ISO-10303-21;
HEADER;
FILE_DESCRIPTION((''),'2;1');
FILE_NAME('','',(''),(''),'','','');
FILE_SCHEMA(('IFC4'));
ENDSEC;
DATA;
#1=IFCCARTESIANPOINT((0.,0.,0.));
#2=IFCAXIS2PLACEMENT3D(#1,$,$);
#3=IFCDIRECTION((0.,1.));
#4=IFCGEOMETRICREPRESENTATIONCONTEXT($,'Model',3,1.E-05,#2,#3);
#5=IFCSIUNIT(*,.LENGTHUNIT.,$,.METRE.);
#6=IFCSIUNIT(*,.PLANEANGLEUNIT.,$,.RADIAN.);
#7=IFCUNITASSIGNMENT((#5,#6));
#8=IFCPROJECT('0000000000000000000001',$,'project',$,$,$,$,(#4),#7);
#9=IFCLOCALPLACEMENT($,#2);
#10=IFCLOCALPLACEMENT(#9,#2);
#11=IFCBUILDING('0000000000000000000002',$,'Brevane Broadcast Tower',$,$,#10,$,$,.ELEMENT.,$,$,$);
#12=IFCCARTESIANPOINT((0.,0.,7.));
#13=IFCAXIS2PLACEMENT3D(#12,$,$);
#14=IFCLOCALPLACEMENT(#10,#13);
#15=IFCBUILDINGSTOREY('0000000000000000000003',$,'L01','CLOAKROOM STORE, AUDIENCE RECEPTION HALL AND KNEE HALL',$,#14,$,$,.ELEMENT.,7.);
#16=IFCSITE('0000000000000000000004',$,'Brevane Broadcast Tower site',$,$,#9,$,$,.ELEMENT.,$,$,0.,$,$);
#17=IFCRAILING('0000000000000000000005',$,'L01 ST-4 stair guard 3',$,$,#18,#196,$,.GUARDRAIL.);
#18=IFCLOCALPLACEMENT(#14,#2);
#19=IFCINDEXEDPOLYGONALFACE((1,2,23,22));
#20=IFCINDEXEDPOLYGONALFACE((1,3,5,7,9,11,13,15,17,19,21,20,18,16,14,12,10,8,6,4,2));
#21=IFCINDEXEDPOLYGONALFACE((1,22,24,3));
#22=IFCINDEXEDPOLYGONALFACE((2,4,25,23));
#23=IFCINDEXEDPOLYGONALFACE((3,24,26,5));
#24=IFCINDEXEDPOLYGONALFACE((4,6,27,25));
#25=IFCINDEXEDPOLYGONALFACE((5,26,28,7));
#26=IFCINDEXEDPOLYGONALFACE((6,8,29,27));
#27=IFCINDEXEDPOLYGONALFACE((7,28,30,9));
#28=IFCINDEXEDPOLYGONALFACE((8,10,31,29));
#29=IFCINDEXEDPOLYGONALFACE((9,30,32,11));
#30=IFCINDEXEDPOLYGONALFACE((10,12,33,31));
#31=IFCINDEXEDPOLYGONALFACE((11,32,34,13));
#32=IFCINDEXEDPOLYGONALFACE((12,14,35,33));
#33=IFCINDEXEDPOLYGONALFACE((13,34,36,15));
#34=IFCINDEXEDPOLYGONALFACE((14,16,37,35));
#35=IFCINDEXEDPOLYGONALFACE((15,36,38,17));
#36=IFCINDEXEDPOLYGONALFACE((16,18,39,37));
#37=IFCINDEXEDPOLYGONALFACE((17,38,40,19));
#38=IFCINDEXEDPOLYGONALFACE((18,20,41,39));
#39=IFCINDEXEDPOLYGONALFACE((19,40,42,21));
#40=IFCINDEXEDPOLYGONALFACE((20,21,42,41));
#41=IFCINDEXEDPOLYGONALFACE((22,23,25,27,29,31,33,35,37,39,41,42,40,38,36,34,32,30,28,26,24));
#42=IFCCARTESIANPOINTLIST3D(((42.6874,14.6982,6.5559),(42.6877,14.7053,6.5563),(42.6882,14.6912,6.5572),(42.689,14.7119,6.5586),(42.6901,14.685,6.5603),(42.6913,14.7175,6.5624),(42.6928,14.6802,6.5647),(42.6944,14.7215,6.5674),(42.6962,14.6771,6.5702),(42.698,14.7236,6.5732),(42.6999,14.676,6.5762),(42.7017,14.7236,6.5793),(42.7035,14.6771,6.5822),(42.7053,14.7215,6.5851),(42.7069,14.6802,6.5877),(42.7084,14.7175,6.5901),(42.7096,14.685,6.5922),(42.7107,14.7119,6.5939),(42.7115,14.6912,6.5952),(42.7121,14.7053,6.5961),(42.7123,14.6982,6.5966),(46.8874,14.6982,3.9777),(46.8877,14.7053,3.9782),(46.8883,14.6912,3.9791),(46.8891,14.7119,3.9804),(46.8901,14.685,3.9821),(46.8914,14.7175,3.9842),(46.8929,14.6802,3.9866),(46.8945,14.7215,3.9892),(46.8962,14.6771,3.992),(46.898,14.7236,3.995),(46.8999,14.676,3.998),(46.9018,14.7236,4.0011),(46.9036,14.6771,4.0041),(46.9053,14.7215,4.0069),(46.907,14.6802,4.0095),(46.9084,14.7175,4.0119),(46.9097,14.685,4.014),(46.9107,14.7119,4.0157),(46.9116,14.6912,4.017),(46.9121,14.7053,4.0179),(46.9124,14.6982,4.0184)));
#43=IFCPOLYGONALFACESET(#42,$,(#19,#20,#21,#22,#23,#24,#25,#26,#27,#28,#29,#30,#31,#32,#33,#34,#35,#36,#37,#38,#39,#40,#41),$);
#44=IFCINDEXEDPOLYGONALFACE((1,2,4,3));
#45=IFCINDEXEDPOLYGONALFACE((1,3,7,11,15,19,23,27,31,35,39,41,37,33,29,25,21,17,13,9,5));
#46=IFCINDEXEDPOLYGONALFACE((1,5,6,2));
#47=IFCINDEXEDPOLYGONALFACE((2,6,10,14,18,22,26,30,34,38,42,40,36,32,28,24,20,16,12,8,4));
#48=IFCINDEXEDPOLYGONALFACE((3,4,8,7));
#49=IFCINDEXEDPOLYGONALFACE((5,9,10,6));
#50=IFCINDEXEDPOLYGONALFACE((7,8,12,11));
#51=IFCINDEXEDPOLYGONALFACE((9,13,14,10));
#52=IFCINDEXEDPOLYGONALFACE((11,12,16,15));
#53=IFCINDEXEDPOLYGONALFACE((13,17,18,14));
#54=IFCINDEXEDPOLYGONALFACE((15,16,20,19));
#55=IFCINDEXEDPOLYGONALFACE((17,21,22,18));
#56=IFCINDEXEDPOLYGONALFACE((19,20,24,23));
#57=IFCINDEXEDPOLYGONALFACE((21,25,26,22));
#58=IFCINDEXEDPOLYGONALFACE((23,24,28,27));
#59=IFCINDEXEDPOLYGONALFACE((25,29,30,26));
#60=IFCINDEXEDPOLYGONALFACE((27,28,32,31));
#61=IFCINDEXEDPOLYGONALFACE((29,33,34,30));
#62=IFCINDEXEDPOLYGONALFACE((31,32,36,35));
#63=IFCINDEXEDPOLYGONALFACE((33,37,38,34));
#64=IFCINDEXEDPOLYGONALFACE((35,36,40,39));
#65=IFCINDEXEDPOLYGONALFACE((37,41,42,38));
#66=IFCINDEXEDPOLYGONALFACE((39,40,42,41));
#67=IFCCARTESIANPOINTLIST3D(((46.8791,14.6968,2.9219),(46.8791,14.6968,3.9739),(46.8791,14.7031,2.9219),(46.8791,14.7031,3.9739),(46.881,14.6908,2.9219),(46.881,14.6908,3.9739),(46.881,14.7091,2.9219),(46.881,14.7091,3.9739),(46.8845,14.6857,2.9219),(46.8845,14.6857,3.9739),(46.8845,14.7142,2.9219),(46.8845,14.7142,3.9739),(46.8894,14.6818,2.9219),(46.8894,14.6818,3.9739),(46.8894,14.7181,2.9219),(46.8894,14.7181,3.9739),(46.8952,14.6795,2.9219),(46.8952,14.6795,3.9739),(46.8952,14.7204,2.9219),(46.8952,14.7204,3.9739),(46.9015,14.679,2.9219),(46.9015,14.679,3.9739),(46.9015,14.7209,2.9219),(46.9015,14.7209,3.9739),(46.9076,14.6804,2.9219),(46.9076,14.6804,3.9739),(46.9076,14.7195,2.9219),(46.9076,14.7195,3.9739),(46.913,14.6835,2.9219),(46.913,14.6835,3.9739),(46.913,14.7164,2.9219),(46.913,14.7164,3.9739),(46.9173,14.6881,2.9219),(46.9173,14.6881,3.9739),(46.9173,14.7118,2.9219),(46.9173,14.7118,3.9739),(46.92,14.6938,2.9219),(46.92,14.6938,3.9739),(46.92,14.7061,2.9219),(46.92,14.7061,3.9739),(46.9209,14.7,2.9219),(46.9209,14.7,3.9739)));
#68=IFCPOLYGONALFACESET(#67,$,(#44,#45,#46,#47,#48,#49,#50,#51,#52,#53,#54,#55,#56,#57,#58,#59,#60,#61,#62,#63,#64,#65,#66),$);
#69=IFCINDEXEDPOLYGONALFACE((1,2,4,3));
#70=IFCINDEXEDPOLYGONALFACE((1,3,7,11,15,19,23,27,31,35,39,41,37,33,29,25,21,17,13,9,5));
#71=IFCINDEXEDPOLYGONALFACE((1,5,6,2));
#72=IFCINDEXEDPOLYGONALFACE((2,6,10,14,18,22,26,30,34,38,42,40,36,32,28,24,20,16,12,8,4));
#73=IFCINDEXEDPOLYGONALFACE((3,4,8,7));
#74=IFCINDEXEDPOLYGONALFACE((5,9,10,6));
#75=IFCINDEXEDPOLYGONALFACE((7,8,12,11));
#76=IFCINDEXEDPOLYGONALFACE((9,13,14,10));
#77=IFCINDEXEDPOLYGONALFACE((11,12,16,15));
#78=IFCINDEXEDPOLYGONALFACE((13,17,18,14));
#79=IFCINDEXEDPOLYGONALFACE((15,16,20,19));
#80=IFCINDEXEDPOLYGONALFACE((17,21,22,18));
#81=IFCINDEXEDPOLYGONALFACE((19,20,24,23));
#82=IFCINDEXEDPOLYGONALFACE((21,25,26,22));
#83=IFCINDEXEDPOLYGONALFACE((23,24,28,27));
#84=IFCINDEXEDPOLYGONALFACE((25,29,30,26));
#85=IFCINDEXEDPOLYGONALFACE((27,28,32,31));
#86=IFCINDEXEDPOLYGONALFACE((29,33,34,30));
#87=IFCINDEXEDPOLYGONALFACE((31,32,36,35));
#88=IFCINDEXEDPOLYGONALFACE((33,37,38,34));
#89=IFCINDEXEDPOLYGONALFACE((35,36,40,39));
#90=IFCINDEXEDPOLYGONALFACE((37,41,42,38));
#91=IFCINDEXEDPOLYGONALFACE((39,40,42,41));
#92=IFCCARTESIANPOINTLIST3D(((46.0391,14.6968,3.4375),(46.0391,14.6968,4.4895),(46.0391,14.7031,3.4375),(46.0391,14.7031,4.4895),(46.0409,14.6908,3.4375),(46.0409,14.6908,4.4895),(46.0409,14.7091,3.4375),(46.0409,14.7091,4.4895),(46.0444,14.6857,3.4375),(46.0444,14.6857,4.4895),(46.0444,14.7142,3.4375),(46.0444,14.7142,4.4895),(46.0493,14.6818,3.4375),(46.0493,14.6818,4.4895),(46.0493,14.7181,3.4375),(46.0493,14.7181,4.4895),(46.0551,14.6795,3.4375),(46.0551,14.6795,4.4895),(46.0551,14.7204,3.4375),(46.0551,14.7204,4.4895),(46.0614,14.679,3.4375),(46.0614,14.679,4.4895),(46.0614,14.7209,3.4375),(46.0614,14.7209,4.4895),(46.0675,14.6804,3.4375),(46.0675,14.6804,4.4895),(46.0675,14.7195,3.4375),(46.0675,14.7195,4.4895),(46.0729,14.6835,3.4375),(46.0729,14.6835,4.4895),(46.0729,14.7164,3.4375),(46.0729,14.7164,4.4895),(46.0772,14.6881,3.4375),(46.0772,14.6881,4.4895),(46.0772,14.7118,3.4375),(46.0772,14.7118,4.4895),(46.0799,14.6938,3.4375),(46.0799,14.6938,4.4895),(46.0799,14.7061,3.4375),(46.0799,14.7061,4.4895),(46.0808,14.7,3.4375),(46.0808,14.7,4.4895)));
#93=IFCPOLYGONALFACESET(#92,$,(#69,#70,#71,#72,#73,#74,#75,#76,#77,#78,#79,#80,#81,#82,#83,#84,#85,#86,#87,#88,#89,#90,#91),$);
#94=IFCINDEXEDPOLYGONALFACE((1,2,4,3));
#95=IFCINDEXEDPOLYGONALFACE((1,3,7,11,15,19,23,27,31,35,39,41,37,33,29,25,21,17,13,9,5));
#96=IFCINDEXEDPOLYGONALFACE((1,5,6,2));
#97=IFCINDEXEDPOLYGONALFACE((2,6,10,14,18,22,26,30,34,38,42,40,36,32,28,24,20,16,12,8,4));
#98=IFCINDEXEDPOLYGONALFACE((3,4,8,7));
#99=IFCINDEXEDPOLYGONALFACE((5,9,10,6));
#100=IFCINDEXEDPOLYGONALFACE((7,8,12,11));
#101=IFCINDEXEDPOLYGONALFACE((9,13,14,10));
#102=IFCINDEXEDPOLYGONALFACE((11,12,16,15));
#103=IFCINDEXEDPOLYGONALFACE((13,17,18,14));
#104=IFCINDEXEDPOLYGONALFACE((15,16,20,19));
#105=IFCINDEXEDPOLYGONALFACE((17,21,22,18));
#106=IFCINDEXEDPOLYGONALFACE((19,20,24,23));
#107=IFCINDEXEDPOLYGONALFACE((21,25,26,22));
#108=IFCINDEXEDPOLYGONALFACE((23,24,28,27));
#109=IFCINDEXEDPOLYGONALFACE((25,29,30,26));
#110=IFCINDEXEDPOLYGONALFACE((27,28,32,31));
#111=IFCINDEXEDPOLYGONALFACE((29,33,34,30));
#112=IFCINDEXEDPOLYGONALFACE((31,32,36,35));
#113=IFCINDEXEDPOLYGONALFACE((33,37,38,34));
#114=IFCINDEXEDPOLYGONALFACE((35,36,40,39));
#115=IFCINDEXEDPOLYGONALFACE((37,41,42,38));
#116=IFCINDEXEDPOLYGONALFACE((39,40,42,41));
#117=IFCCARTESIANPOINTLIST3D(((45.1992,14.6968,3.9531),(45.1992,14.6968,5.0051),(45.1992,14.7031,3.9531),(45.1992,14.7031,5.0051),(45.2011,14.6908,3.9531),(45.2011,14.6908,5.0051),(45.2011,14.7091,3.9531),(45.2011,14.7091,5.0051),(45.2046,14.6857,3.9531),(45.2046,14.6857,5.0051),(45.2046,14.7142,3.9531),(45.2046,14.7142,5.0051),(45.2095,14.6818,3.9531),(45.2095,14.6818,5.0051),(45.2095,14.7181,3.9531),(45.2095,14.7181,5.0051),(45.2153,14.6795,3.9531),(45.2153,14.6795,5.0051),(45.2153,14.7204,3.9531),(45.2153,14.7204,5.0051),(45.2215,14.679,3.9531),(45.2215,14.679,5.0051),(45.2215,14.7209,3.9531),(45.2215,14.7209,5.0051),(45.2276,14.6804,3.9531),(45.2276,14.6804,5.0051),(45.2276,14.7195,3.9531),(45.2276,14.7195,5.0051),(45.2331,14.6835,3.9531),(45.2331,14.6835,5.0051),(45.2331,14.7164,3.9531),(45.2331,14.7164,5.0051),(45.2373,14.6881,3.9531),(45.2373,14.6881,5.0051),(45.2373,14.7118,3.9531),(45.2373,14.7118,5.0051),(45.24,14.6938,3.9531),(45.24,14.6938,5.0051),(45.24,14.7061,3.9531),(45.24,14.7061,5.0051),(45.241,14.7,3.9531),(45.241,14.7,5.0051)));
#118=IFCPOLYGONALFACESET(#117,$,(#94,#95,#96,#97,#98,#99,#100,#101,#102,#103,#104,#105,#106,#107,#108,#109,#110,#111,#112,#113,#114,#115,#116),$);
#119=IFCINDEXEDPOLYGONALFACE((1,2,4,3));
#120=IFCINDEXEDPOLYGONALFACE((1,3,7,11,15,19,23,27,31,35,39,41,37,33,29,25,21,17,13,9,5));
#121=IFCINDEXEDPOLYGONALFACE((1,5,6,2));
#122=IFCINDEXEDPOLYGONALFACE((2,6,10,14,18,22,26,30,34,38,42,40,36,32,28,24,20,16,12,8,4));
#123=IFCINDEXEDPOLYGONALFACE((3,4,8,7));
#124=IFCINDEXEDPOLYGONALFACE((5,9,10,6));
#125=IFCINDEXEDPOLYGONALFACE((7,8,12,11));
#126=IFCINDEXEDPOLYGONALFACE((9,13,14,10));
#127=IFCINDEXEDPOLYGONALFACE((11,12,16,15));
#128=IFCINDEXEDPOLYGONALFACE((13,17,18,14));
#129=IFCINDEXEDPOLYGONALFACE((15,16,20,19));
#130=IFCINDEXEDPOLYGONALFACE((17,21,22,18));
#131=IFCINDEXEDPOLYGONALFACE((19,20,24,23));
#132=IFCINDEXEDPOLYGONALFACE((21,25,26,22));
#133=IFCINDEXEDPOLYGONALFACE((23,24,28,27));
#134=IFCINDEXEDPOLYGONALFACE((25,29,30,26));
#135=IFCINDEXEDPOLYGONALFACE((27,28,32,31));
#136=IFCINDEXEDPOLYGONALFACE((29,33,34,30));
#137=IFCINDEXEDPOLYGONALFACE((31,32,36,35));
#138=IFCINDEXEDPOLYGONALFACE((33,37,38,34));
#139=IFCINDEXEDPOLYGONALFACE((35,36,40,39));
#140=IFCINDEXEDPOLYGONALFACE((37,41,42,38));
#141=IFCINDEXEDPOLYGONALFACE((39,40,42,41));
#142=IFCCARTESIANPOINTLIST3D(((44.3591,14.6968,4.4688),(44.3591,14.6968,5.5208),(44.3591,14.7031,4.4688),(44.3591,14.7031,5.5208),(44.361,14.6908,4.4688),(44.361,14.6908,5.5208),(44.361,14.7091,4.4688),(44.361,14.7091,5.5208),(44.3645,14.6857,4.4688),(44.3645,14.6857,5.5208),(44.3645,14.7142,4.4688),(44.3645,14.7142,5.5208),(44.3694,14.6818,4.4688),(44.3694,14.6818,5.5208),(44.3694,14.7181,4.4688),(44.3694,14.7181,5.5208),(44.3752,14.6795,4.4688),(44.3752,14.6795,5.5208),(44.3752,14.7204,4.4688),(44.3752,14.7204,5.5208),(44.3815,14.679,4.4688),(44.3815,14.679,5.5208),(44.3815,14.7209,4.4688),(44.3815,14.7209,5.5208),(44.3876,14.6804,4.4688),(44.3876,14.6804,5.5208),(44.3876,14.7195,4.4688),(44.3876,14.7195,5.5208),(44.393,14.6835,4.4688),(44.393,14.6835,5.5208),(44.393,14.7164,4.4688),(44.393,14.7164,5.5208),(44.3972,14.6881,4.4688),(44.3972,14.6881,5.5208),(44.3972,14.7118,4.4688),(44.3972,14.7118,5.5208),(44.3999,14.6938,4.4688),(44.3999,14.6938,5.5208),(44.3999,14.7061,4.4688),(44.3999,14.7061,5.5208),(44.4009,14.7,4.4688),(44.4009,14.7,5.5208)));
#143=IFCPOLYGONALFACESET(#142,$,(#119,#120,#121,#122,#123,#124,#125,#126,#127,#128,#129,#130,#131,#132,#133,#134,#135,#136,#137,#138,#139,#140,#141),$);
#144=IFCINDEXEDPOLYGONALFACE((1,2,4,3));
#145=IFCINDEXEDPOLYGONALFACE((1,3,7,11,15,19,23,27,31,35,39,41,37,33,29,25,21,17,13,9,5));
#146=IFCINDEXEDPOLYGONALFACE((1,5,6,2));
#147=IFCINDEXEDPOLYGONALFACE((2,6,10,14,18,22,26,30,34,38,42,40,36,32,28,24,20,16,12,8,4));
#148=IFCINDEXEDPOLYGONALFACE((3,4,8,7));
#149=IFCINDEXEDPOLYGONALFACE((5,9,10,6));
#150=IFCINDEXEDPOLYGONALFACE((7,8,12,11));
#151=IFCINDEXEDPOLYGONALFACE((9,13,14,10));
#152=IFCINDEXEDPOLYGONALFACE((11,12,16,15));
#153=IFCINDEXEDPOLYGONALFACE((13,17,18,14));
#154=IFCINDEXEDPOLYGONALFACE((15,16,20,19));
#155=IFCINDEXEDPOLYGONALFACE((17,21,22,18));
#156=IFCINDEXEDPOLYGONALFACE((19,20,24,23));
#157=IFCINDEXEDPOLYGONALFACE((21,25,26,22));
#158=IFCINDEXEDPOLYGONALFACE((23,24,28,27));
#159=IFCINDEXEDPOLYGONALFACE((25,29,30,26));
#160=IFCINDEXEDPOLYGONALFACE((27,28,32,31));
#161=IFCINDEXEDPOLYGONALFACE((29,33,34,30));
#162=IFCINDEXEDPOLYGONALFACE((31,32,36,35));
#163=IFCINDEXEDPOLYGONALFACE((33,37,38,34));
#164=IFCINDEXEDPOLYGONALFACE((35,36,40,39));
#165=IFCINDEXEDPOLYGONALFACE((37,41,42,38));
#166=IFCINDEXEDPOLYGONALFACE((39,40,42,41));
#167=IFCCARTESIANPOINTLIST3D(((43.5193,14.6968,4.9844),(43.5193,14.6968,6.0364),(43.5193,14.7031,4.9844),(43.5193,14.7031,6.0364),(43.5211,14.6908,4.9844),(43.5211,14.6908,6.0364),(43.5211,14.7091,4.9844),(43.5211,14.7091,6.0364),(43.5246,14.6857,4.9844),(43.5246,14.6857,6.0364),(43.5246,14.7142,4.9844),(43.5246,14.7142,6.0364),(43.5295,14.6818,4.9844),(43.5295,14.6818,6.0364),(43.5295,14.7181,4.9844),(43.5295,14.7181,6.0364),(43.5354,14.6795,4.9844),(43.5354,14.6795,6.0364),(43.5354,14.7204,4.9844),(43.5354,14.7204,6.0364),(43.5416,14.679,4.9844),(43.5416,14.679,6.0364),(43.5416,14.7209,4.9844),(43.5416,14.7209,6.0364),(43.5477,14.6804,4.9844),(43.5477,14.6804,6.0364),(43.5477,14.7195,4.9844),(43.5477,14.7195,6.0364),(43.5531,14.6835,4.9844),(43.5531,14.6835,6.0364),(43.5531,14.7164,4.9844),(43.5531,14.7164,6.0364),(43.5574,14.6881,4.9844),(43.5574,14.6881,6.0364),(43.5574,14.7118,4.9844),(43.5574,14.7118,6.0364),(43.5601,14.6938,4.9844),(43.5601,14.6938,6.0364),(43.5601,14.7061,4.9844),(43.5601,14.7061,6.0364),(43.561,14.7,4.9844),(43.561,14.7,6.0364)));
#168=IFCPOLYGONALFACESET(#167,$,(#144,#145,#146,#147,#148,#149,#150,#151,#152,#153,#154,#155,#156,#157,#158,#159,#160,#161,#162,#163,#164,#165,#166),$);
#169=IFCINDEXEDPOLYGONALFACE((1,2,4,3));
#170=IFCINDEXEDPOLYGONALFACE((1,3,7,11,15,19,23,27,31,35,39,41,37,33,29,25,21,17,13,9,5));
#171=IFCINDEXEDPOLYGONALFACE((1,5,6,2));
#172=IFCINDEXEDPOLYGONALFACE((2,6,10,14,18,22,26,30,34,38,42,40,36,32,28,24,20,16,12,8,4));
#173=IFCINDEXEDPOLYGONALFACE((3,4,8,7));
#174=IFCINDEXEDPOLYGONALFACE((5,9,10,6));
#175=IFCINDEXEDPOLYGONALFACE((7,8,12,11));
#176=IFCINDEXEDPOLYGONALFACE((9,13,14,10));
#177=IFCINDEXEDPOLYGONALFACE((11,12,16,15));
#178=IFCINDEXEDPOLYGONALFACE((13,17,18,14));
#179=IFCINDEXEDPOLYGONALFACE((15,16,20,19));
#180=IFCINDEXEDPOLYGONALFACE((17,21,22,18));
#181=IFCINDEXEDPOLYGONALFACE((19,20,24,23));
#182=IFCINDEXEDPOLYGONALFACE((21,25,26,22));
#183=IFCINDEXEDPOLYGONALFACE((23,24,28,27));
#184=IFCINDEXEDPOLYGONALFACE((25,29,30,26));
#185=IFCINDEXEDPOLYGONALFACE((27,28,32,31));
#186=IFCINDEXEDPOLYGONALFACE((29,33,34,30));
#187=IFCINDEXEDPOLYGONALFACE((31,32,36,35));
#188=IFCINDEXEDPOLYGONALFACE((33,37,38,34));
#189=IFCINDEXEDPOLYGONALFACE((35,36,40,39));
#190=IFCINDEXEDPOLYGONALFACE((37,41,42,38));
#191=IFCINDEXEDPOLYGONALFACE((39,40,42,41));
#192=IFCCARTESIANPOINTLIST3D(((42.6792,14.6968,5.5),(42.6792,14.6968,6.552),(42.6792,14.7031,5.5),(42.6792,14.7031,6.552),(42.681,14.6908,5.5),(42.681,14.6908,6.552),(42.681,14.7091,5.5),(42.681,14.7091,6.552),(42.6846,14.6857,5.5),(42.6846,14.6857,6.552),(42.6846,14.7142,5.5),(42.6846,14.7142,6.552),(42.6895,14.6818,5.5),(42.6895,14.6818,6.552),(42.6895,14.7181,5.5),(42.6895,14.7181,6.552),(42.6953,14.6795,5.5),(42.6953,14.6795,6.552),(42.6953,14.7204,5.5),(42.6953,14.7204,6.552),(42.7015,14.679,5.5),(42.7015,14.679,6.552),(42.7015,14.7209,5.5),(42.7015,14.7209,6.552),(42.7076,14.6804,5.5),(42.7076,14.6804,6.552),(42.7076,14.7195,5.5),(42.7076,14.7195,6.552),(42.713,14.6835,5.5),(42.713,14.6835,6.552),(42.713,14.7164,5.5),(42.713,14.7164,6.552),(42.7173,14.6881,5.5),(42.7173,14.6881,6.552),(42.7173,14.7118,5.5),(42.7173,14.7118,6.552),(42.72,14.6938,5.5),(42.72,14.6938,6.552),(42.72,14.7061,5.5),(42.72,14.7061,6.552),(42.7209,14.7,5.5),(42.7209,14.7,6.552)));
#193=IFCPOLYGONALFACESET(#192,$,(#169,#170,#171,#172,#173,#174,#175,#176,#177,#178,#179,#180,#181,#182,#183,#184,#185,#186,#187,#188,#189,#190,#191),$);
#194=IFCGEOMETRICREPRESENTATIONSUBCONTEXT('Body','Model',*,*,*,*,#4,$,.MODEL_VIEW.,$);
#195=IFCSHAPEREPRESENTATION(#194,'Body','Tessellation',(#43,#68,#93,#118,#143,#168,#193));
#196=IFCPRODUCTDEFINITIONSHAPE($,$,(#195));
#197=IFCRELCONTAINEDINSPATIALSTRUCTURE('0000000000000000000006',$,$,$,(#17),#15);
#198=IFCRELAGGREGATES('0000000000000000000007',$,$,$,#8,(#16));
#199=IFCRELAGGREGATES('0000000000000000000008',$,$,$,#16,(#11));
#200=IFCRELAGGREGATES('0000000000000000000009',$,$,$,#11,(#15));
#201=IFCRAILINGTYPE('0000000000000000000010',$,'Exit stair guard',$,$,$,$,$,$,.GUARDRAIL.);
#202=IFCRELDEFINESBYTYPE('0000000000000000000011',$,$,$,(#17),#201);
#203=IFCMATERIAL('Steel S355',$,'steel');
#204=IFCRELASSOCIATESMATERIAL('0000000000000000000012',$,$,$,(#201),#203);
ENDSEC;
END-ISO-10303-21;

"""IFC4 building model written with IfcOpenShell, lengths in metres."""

from ifc_helpers import new_model, si_unit, direction, frame, origin, origin_2d, place, context, subcontext, project, spatial, circle, extrude, material, type_object, element, save


model = new_model("IFC4")

# Units and contexts
model_context = context("Model", 3, precision=1e-05, world=origin(), true_north=direction((0.0, 1.0)))
body_context = subcontext(model_context, "Body", "Model", "MODEL_VIEW")
ifc_project = project(units=[si_unit("LENGTHUNIT", "METRE"), si_unit("PLANEANGLEUNIT", "RADIAN")], contexts=[model_context])

# Site, building, storey
site_placement = place(None, origin())
site = spatial("IfcSite", under=ifc_project, at=site_placement, Name="Brevane Broadcast Tower site", CompositionType="ELEMENT", RefElevation=0.0)
building_placement = place(site_placement, origin())
building = spatial("IfcBuilding", under=site, at=building_placement, Name="Brevane Broadcast Tower", CompositionType="ELEMENT")
storey_placement = place(building_placement, frame((0.0, 0.0, 7.0)))
storey = spatial("IfcBuildingStorey", under=building, at=storey_placement, Name="L01", Description="CLOAKROOM STORE, AUDIENCE RECEPTION HALL AND KNEE HALL", CompositionType="ELEMENT", Elevation=7.0)

# Railing
ifc_material_1 = material(Name="Steel S355", Category="steel")
railing_type_1 = type_object("IfcRailingType", Name="Exit stair guard", PredefinedType="GUARDRAIL", material=ifc_material_1)
railing_1_placement = place(storey_placement, frame((46.8999, 14.7, 2.9219)))
element("IfcRailing", 1, at=railing_1_placement, inside=storey, type_object=railing_type_1, Name="L01 ST-4 stair guard 3", PredefinedType="GUARDRAIL", context=body_context, shape_type="SweptSolid", body=[
    extrude(circle(Radius=0.0239, at=origin_2d()), frame((0.0, 0.0, 1.0762), z_axis=(-0.852243, 0.0, 0.523146), x_axis=(0.0, -1.0, 0.0)), (0.0, 0.0, 1.0), 4.9282),
    extrude(circle(Radius=0.021, at=origin_2d()), origin(), (0.0, 0.0, 1.0), 1.052),
    extrude(circle(Radius=0.021, at=origin_2d()), frame((-0.8401, 0.0, 0.5156)), (0.0, 0.0, 1.0), 1.052),
    extrude(circle(Radius=0.021, at=origin_2d()), frame((-1.6799, 0.0, 1.0312)), (0.0, 0.0, 1.0), 1.052),
    extrude(circle(Radius=0.021, at=origin_2d()), frame((-2.52, 0.0, 1.5469)), (0.0, 0.0, 1.0), 1.052),
    extrude(circle(Radius=0.021, at=origin_2d()), frame((-3.3599, 0.0, 2.0625)), (0.0, 0.0, 1.0), 1.052),
    extrude(circle(Radius=0.021, at=origin_2d()), frame((-4.2, 0.0, 2.5781)), (0.0, 0.0, 1.0), 1.052),
])

save(model, "model.ifc")
